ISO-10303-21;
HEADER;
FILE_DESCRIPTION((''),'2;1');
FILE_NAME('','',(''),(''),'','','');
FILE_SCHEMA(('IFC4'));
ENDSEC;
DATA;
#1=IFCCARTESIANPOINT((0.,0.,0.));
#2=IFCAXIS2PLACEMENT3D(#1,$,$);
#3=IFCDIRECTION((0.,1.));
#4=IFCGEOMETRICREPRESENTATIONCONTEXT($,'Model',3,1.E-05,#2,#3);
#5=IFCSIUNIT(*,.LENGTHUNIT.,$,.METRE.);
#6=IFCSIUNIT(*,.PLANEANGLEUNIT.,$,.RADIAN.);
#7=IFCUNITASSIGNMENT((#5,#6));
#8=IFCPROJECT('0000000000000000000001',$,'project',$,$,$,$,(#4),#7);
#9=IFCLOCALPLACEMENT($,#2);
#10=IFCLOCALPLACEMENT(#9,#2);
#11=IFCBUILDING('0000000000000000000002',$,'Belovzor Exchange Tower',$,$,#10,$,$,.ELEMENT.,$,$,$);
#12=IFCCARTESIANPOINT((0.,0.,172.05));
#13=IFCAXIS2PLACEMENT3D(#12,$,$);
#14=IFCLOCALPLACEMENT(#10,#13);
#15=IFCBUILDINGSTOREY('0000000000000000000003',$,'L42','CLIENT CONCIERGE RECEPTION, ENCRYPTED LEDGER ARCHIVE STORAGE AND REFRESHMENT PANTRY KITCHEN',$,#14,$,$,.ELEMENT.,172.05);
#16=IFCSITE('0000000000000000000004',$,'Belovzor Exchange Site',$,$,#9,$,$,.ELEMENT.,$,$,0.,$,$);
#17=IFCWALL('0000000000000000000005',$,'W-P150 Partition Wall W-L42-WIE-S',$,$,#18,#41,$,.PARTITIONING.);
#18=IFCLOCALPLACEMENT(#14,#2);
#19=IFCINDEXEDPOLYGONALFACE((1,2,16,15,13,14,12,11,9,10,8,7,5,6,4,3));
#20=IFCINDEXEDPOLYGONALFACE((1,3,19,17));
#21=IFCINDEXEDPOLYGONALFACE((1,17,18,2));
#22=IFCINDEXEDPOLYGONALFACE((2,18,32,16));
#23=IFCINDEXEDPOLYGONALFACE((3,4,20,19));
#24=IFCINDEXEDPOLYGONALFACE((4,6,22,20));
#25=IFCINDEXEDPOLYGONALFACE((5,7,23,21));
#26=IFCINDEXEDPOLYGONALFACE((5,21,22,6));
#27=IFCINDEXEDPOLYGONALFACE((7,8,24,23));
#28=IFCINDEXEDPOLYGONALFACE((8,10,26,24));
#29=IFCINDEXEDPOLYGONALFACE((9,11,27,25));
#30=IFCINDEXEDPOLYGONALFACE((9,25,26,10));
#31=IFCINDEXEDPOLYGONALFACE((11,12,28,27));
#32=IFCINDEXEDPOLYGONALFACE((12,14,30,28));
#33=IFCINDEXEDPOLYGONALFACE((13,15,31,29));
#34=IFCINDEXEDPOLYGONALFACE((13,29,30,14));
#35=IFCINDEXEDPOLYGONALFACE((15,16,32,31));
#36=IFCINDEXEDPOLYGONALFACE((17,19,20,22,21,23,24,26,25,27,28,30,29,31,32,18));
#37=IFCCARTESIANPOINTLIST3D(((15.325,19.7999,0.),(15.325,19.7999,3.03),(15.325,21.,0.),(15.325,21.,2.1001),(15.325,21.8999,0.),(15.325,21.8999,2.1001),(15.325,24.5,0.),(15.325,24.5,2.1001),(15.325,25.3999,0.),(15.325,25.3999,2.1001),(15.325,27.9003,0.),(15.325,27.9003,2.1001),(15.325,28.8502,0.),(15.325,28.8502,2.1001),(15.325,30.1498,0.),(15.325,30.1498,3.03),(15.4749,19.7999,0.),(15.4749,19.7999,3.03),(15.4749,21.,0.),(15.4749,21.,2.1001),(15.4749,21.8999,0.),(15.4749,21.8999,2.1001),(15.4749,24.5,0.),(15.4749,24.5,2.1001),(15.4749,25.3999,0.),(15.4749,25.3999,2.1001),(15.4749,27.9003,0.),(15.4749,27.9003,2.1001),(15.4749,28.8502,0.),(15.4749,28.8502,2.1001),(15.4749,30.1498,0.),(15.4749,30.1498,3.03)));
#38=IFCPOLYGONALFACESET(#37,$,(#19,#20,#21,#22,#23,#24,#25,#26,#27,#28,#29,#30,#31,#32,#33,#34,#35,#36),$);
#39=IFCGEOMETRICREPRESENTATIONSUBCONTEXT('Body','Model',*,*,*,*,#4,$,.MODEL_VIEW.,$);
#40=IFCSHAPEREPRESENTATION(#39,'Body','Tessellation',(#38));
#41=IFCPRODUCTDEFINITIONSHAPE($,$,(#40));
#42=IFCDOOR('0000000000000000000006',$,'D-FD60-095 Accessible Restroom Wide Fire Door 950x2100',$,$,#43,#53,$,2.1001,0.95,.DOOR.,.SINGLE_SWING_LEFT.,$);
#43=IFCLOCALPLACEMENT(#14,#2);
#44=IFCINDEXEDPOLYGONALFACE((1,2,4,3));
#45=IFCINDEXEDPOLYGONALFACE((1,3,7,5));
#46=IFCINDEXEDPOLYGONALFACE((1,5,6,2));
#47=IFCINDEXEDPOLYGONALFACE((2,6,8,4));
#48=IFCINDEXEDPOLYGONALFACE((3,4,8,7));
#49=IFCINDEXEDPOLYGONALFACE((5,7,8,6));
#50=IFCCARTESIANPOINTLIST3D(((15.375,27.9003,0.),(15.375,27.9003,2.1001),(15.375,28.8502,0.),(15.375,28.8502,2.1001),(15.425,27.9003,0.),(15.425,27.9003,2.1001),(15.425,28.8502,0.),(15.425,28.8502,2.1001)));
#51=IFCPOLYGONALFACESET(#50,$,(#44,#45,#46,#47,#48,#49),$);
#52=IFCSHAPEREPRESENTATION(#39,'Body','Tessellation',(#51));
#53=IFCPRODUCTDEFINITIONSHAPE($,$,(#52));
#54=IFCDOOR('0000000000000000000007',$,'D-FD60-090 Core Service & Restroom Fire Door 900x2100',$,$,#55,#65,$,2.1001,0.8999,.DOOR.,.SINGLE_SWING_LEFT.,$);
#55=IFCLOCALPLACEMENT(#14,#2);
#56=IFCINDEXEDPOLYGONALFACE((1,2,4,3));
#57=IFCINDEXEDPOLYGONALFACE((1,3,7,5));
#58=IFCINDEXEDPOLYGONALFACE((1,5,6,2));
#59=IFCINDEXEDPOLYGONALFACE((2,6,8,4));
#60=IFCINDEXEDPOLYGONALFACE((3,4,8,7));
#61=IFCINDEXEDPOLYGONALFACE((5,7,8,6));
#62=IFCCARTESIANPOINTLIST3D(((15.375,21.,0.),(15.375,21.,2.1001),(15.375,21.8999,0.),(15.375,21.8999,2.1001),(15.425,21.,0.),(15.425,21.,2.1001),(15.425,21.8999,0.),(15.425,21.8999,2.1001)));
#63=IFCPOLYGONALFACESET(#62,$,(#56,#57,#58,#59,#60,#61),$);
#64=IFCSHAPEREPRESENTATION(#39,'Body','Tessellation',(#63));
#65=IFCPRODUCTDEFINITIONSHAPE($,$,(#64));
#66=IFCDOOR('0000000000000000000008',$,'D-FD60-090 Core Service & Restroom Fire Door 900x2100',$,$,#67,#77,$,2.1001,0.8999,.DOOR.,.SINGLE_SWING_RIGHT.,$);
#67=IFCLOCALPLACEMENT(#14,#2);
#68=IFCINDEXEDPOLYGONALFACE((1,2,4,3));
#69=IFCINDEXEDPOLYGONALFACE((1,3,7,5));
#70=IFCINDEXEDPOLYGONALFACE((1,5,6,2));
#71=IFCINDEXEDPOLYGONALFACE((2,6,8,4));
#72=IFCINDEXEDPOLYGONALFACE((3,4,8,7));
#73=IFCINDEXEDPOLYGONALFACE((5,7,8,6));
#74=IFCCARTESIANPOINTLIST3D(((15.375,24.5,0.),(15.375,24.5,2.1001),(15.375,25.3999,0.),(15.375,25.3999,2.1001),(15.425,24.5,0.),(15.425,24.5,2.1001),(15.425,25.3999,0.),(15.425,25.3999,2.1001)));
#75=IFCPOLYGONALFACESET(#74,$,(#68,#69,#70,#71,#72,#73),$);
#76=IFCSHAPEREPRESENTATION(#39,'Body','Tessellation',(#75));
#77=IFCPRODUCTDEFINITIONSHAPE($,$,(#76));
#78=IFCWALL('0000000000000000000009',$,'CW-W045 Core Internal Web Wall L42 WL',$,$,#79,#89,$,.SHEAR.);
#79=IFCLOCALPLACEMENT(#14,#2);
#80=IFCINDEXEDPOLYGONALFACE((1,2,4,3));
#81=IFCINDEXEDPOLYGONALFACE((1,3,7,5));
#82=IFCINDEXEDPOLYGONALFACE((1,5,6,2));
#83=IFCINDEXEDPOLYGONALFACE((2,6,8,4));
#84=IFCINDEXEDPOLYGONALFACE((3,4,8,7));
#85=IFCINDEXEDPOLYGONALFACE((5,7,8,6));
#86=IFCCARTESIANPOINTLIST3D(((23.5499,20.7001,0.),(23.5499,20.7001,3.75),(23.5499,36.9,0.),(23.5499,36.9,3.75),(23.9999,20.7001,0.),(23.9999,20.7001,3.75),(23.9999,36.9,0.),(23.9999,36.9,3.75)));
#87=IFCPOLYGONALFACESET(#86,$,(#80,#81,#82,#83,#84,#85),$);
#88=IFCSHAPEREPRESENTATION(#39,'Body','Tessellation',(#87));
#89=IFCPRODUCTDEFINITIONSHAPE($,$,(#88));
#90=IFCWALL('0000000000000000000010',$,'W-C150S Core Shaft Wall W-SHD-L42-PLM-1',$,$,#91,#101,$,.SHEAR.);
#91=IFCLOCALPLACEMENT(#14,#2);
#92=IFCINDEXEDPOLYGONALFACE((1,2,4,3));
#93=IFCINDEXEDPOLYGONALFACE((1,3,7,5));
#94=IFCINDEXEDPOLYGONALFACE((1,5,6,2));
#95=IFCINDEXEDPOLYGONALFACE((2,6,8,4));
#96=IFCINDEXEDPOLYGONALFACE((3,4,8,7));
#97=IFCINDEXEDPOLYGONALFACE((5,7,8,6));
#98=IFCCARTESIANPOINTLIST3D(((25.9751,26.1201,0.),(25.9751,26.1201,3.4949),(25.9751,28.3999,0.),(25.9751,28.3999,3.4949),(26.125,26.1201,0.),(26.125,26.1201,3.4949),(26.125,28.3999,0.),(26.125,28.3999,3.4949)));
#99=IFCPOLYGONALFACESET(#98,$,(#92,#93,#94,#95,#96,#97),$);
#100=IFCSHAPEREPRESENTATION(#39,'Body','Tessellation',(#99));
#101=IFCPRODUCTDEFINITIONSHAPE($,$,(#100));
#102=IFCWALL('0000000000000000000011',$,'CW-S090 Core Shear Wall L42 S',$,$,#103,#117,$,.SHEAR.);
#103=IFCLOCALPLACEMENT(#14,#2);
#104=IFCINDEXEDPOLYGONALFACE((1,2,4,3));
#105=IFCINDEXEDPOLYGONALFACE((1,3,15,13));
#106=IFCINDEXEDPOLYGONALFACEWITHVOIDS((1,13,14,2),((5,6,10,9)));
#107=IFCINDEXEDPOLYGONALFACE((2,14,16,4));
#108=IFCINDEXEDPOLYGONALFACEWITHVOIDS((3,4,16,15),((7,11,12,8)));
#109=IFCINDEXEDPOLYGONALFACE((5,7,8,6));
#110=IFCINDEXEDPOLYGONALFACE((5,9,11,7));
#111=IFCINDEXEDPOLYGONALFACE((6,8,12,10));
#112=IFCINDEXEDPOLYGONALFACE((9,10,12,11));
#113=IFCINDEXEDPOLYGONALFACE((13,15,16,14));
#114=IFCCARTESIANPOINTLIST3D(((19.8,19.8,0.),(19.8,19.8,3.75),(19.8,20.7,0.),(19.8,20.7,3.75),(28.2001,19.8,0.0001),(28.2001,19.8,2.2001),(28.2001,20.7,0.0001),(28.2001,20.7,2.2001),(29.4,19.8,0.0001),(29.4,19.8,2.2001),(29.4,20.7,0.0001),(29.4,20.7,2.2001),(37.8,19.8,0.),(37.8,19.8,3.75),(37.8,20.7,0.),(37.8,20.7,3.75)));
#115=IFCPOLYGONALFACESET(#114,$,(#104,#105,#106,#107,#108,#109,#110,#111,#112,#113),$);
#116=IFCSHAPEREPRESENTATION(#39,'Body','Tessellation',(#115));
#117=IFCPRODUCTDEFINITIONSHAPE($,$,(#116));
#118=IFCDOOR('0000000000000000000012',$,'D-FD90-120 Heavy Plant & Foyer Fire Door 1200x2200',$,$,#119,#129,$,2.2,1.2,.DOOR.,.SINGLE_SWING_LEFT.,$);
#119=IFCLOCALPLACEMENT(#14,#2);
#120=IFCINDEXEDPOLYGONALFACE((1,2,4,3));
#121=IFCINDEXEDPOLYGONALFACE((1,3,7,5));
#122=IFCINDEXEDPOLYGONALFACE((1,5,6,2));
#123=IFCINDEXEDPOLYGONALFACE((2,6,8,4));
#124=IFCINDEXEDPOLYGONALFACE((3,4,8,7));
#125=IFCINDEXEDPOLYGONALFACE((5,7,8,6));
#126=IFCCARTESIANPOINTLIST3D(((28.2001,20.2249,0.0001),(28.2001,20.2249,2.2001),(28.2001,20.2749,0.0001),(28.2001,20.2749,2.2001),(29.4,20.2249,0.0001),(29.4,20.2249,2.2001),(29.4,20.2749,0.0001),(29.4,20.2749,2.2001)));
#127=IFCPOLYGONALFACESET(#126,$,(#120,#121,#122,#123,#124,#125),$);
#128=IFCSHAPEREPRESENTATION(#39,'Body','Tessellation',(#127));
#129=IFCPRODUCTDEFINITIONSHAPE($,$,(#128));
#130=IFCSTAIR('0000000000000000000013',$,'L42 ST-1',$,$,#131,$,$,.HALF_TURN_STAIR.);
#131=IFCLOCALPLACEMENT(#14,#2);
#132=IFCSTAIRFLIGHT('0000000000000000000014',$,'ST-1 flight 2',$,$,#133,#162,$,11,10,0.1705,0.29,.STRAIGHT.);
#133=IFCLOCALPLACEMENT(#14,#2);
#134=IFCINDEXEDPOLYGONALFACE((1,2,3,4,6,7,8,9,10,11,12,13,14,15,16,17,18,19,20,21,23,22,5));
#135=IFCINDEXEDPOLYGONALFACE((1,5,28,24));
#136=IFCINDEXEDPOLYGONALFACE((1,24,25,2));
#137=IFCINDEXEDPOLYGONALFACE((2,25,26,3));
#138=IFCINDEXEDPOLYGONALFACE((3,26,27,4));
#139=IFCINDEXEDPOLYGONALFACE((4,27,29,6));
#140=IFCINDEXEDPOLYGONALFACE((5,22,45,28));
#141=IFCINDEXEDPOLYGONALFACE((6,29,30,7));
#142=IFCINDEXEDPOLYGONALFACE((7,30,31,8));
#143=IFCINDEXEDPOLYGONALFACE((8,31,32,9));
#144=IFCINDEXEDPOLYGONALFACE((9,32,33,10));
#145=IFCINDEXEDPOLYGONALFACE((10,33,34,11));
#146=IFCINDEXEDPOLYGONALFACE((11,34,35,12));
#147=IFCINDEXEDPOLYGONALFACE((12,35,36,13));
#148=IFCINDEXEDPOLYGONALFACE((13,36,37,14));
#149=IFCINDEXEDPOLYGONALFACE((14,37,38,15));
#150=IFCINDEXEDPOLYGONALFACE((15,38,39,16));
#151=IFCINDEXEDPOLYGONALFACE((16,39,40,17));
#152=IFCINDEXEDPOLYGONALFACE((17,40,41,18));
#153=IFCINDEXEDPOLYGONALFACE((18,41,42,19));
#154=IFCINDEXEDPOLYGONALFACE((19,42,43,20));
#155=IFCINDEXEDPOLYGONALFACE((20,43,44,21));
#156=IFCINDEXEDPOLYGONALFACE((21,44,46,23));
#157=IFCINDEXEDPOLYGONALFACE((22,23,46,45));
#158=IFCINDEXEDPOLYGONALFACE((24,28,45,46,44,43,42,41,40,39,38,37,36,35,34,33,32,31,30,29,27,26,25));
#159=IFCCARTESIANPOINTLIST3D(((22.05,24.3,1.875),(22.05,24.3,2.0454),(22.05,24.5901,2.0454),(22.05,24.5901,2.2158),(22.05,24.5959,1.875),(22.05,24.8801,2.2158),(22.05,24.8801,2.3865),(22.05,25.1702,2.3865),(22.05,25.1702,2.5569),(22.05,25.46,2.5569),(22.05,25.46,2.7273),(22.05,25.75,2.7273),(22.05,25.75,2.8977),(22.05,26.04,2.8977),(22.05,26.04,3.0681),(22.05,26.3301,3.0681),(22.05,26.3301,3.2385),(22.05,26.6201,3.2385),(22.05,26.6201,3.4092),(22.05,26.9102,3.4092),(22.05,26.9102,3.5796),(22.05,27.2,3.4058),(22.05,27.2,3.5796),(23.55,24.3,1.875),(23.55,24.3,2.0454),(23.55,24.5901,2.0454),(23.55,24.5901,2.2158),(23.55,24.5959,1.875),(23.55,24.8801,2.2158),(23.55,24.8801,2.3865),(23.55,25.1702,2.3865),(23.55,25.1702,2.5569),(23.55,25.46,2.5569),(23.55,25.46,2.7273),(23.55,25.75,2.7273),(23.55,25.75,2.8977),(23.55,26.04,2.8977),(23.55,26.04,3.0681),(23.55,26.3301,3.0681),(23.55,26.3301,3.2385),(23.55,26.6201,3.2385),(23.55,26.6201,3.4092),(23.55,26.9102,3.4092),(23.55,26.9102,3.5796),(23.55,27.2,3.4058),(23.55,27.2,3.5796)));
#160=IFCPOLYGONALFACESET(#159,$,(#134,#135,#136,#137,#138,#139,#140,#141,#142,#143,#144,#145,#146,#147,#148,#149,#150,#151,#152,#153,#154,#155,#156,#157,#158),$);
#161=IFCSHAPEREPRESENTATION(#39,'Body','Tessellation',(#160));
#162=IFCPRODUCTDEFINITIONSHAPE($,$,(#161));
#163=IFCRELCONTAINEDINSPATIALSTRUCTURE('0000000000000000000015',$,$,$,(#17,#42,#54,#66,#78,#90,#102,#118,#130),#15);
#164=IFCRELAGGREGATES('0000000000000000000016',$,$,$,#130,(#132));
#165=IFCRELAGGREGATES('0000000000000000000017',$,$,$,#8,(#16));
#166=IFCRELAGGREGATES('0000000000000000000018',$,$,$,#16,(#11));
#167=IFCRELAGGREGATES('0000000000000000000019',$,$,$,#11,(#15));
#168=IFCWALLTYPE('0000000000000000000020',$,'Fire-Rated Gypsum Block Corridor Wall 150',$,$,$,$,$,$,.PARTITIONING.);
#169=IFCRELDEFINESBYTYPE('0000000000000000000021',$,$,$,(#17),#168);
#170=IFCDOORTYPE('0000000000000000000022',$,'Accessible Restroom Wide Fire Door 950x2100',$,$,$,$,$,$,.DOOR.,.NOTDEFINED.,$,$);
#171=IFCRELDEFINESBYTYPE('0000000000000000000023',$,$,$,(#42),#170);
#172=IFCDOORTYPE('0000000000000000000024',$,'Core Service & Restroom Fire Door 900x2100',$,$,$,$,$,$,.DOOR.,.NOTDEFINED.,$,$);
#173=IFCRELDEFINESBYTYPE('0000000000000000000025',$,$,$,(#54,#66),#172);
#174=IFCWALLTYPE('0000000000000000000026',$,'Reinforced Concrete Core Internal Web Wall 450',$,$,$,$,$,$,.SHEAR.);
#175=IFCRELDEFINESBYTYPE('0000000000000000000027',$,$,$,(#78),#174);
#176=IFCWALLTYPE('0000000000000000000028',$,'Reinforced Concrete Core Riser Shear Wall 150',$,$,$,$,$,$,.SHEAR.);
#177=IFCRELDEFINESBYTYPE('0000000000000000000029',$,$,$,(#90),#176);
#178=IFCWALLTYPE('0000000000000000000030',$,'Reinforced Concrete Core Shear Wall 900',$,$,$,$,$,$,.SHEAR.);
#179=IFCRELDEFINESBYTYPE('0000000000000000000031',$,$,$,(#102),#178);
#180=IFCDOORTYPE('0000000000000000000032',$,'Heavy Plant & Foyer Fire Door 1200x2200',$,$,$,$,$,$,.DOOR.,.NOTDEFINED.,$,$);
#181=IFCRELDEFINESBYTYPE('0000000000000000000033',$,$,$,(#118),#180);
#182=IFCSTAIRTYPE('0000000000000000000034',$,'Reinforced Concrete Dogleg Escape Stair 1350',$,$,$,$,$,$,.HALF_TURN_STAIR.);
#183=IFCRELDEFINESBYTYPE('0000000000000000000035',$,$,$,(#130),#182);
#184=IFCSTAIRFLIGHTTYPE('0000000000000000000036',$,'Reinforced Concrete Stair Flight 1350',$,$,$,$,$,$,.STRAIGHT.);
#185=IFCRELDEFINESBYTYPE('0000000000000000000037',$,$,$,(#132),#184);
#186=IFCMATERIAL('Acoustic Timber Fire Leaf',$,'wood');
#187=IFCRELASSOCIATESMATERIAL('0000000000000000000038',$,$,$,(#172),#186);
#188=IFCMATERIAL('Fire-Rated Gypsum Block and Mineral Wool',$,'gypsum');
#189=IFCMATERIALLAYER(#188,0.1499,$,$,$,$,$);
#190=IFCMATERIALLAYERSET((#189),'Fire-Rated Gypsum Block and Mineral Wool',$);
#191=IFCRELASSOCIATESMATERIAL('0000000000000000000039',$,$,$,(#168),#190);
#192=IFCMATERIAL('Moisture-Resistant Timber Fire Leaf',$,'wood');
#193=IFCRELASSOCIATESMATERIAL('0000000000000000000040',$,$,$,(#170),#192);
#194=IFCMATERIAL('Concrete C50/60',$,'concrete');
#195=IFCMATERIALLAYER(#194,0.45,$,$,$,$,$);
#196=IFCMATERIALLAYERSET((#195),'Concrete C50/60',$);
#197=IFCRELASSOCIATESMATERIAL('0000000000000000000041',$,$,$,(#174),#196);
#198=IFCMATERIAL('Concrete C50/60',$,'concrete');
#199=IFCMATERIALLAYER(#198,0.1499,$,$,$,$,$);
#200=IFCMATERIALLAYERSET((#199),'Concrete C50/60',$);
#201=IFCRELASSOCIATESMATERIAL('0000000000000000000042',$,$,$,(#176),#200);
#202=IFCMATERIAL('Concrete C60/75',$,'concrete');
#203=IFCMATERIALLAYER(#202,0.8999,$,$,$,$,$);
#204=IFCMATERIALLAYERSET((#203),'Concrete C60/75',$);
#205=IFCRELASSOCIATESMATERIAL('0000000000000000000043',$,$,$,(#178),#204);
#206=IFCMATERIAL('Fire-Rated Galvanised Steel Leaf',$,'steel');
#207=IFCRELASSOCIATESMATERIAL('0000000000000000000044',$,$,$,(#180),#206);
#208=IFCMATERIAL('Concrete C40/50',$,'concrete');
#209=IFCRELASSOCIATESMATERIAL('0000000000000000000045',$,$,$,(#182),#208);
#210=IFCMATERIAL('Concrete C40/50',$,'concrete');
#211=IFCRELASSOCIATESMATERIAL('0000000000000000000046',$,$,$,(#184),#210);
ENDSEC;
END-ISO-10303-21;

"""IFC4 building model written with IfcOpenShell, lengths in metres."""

from ifc_helpers import new_model, si_unit, direction, frame, frame_2d, origin, place, context, subcontext, project, spatial, polyline, rectangle, outline, extrude, material, layer, layer_set, type_object, element, fill, aggregate, save


model = new_model("IFC4")

# Units and contexts
model_context = context("Model", 3, precision=1e-05, world=origin(), true_north=direction((0.0, 1.0)))
body_context = subcontext(model_context, "Body", "Model", "MODEL_VIEW")
ifc_project = project(units=[si_unit("LENGTHUNIT", "METRE"), si_unit("PLANEANGLEUNIT", "RADIAN")], contexts=[model_context])

# Site, building, storey
site_placement = place(None, origin())
site = spatial("IfcSite", under=ifc_project, at=site_placement, Name="Belovzor Exchange Site", CompositionType="ELEMENT", RefElevation=0.0)
building_placement = place(site_placement, origin())
building = spatial("IfcBuilding", under=site, at=building_placement, Name="Belovzor Exchange Tower", CompositionType="ELEMENT")
storey_placement = place(building_placement, frame((0.0, 0.0, 172.05)))
storey = spatial("IfcBuildingStorey", under=building, at=storey_placement, Name="L42", Description="CLIENT CONCIERGE RECEPTION, ENCRYPTED LEDGER ARCHIVE STORAGE AND REFRESHMENT PANTRY KITCHEN", CompositionType="ELEMENT", Elevation=172.05)

# Shared definitions
ifc_material_1 = material(Name="Acoustic Timber Fire Leaf", Category="wood")
door_type_1 = type_object("IfcDoorType", Name="Core Service & Restroom Fire Door 900x2100", OperationType="NOTDEFINED", PredefinedType="DOOR", material=ifc_material_1)

# Shared definitions
ifc_material_2 = material(Name="Fire-Rated Gypsum Block and Mineral Wool", Category="gypsum")
ifc_layer_1 = layer(ifc_material_2, 0.1499)
ifc_layer_set_1 = layer_set([ifc_layer_1], Name="Fire-Rated Gypsum Block and Mineral Wool")
wall_type_1 = type_object("IfcWallType", Name="Fire-Rated Gypsum Block Corridor Wall 150", PredefinedType="PARTITIONING", material=ifc_layer_set_1)

# Wall, openings, doors
wall_1_placement = place(storey_placement, frame((15.3999, 19.8, 0.0), z_axis=(0.0, 0.0, 1.0), x_axis=(0.0, 1.0, 0.0)))
wall_1 = element("IfcWall", 1, at=wall_1_placement, inside=storey, type_object=wall_type_1, Name="W-P150 Partition Wall W-L42-WIE-S", PredefinedType="PARTITIONING", context=body_context, shape_type="SweptSolid", body=[
    extrude(rectangle(XDim=10.3499, YDim=0.1499, at=frame_2d((5.1748, 0.0))), origin(), (0.0, 0.0, 1.0), 3.03),
])
opening_1_placement = place(wall_1_placement, frame((1.2, 0.0, 0.0)))
opening_1 = element("IfcOpeningElement", 2, at=opening_1_placement, cuts=wall_1, PredefinedType="OPENING", context=body_context, shape_type="SweptSolid", body=[
    extrude(rectangle(XDim=0.8999, YDim=2.1001, at=frame_2d((0.45, 1.05))), frame((0.0, 0.085, 0.0), z_axis=(0.0, -1.0, 0.0), x_axis=(1.0, 0.0, 0.0)), (0.0, 0.0, 1.0), 0.1699),
])
opening_2_placement = place(wall_1_placement, frame((4.7, 0.0, 0.0)))
opening_2 = element("IfcOpeningElement", 3, at=opening_2_placement, cuts=wall_1, PredefinedType="OPENING", context=body_context, shape_type="SweptSolid", body=[
    extrude(rectangle(XDim=0.8999, YDim=2.1001, at=frame_2d((0.45, 1.05))), frame((0.0, 0.085, 0.0), z_axis=(0.0, -1.0, 0.0), x_axis=(1.0, 0.0, 0.0)), (0.0, 0.0, 1.0), 0.1699),
])
opening_3_placement = place(wall_1_placement, frame((8.1001, 0.0, 0.0)))
opening_3 = element("IfcOpeningElement", 4, at=opening_3_placement, cuts=wall_1, PredefinedType="OPENING", context=body_context, shape_type="SweptSolid", body=[
    extrude(rectangle(XDim=0.95, YDim=2.1001, at=frame_2d((0.4751, 1.05))), frame((0.0, 0.085, 0.0), z_axis=(0.0, -1.0, 0.0), x_axis=(1.0, 0.0, 0.0)), (0.0, 0.0, 1.0), 0.1699),
])
ifc_material_3 = material(Name="Moisture-Resistant Timber Fire Leaf", Category="wood")
door_type_2 = type_object("IfcDoorType", Name="Accessible Restroom Wide Fire Door 950x2100", OperationType="NOTDEFINED", PredefinedType="DOOR", material=ifc_material_3)
door_1_placement = place(opening_3_placement, origin())
door_1 = element("IfcDoor", 5, at=door_1_placement, inside=storey, type_object=door_type_2, Name="D-FD60-095 Accessible Restroom Wide Fire Door 950x2100", OperationType="SINGLE_SWING_LEFT", OverallHeight=2.1001, OverallWidth=0.95, PredefinedType="DOOR", context=body_context, shape_type="SweptSolid", body=[
    extrude(rectangle(XDim=0.95, YDim=2.1001, at=frame_2d((0.4751, 1.05))), frame((0.0, 0.0249, 0.0), z_axis=(0.0, -1.0, 0.0), x_axis=(1.0, 0.0, 0.0)), (0.0, 0.0, 1.0), 0.05),
])
fill(opening_3, door_1)
door_2_placement = place(opening_1_placement, origin())
door_2 = element("IfcDoor", 6, at=door_2_placement, inside=storey, type_object=door_type_1, Name="D-FD60-090 Core Service & Restroom Fire Door 900x2100", OperationType="SINGLE_SWING_LEFT", OverallHeight=2.1001, OverallWidth=0.8999, PredefinedType="DOOR", context=body_context, shape_type="SweptSolid", body=[
    extrude(rectangle(XDim=0.8999, YDim=2.1001, at=frame_2d((0.45, 1.05))), frame((0.0, 0.0249, 0.0), z_axis=(0.0, -1.0, 0.0), x_axis=(1.0, 0.0, 0.0)), (0.0, 0.0, 1.0), 0.05),
])
fill(opening_1, door_2)
door_3_placement = place(opening_2_placement, origin())
door_3 = element("IfcDoor", 7, at=door_3_placement, inside=storey, type_object=door_type_1, Name="D-FD60-090 Core Service & Restroom Fire Door 900x2100", OperationType="SINGLE_SWING_RIGHT", OverallHeight=2.1001, OverallWidth=0.8999, PredefinedType="DOOR", context=body_context, shape_type="SweptSolid", body=[
    extrude(rectangle(XDim=0.8999, YDim=2.1001, at=frame_2d((0.45, 1.05))), frame((0.0, 0.0249, 0.0), z_axis=(0.0, -1.0, 0.0), x_axis=(1.0, 0.0, 0.0)), (0.0, 0.0, 1.0), 0.05),
])
fill(opening_2, door_3)

# Walls
ifc_material_4 = material(Name="Concrete C50/60", Category="concrete")
ifc_layer_2 = layer(ifc_material_4, 0.45)
ifc_layer_set_2 = layer_set([ifc_layer_2], Name="Concrete C50/60")
wall_type_2 = type_object("IfcWallType", Name="Reinforced Concrete Core Internal Web Wall 450", PredefinedType="SHEAR", material=ifc_layer_set_2)
wall_2_placement = place(storey_placement, frame((23.7749, 20.7, 0.0), z_axis=(0.0, 0.0, 1.0), x_axis=(0.0, 1.0, 0.0)))
element("IfcWall", 8, at=wall_2_placement, inside=storey, type_object=wall_type_2, Name="CW-W045 Core Internal Web Wall L42 WL", PredefinedType="SHEAR", context=body_context, shape_type="SweptSolid", body=[
    extrude(rectangle(XDim=16.2, YDim=0.45, at=frame_2d((8.1001, 0.0))), origin(), (0.0, 0.0, 1.0), 3.75),
])
ifc_material_5 = material(Name="Concrete C50/60", Category="concrete")
ifc_layer_3 = layer(ifc_material_5, 0.1499)
ifc_layer_set_3 = layer_set([ifc_layer_3], Name="Concrete C50/60")
wall_type_3 = type_object("IfcWallType", Name="Reinforced Concrete Core Riser Shear Wall 150", PredefinedType="SHEAR", material=ifc_layer_set_3)
wall_3_placement = place(storey_placement, frame((26.05, 26.1201, 0.0), z_axis=(0.0, 0.0, 1.0), x_axis=(0.0, 1.0, 0.0)))
element("IfcWall", 9, at=wall_3_placement, inside=storey, type_object=wall_type_3, Name="W-C150S Core Shaft Wall W-SHD-L42-PLM-1", PredefinedType="SHEAR", context=body_context, shape_type="SweptSolid", body=[
    extrude(rectangle(XDim=2.2798, YDim=0.1499, at=frame_2d((1.1399, 0.0))), origin(), (0.0, 0.0, 1.0), 3.4949),
])

# Wall, opening, door
ifc_material_6 = material(Name="Concrete C60/75", Category="concrete")
ifc_layer_4 = layer(ifc_material_6, 0.8999)
ifc_layer_set_4 = layer_set([ifc_layer_4], Name="Concrete C60/75")
wall_type_4 = type_object("IfcWallType", Name="Reinforced Concrete Core Shear Wall 900", PredefinedType="SHEAR", material=ifc_layer_set_4)
wall_4_placement = place(storey_placement, frame((19.8, 20.25, 0.0), z_axis=(0.0, 0.0, 1.0), x_axis=(1.0, 0.0, 0.0)))
wall_4 = element("IfcWall", 10, at=wall_4_placement, inside=storey, type_object=wall_type_4, Name="CW-S090 Core Shear Wall L42 S", PredefinedType="SHEAR", context=body_context, shape_type="SweptSolid", body=[
    extrude(rectangle(XDim=18.0, YDim=0.8999, at=frame_2d((9.0, 0.0))), origin(), (0.0, 0.0, 1.0), 3.75),
])
opening_4_placement = place(wall_4_placement, frame((8.3999, 0.0, 0.0)))
opening_4 = element("IfcOpeningElement", 11, at=opening_4_placement, cuts=wall_4, PredefinedType="OPENING", context=body_context, shape_type="SweptSolid", body=[
    extrude(rectangle(XDim=1.2, YDim=2.2, at=frame_2d((0.6001, 1.1001))), frame((0.0, 0.46, 0.0), z_axis=(0.0, -1.0, 0.0), x_axis=(1.0, 0.0, 0.0)), (0.0, 0.0, 1.0), 0.9199),
])
ifc_material_7 = material(Name="Fire-Rated Galvanised Steel Leaf", Category="steel")
door_type_3 = type_object("IfcDoorType", Name="Heavy Plant & Foyer Fire Door 1200x2200", OperationType="NOTDEFINED", PredefinedType="DOOR", material=ifc_material_7)
door_4_placement = place(opening_4_placement, origin())
door_4 = element("IfcDoor", 12, at=door_4_placement, inside=storey, type_object=door_type_3, Name="D-FD90-120 Heavy Plant & Foyer Fire Door 1200x2200", OperationType="SINGLE_SWING_LEFT", OverallHeight=2.2, OverallWidth=1.2, PredefinedType="DOOR", context=body_context, shape_type="SweptSolid", body=[
    extrude(rectangle(XDim=1.2, YDim=2.2, at=frame_2d((0.6001, 1.1001))), frame((0.0, 0.0249, 0.0), z_axis=(0.0, -1.0, 0.0), x_axis=(1.0, 0.0, 0.0)), (0.0, 0.0, 1.0), 0.05),
])
fill(opening_4, door_4)

# Stair, stair flight
ifc_material_8 = material(Name="Concrete C40/50", Category="concrete")
stair_type = type_object("IfcStairType", Name="Reinforced Concrete Dogleg Escape Stair 1350", PredefinedType="HALF_TURN_STAIR", material=ifc_material_8)
stair_placement = place(storey_placement, origin())
stair = element("IfcStair", 13, at=stair_placement, inside=storey, type_object=stair_type, Name="L42 ST-1", PredefinedType="HALF_TURN_STAIR")
ifc_material_9 = material(Name="Concrete C40/50", Category="concrete")
stair_flight_type = type_object("IfcStairFlightType", Name="Reinforced Concrete Stair Flight 1350", PredefinedType="STRAIGHT", material=ifc_material_9)
stair_flight_placement = place(storey_placement, frame((22.8, 24.3, 1.875), z_axis=(0.0, 0.0, 1.0), x_axis=(0.0, 1.0, 0.0)))
stair_flight = element("IfcStairFlight", 14, at=stair_flight_placement, type_object=stair_flight_type, Name="ST-1 flight 2", NumberOfRisers=11, NumberOfTreads=10, PredefinedType="STRAIGHT", RiserHeight=0.1705, TreadLength=0.29, context=body_context, shape_type="SweptSolid", body=[
    extrude(outline(polyline([(0.0, 0.0), (0.0, 0.1704), (0.29, 0.1704), (0.29, 0.3408), (0.5801, 0.3408), (0.5801, 0.5115), (0.8701, 0.5115), (0.8701, 0.6819), (1.1599, 0.6819), (1.1599, 0.8523), (1.45, 0.8523), (1.45, 1.0227), (1.74, 1.0227), (1.74, 1.1931), (2.03, 1.1931), (2.03, 1.3635), (2.3201, 1.3635), (2.3201, 1.5342), (2.6101, 1.5342), (2.6101, 1.7046), (2.8999, 1.7046), (2.8999, 1.875), (2.8999, 1.5308), (0.2959, 0.0), (0.0, 0.0)])), frame((0.0, 0.75, 0.0), z_axis=(0.0, -1.0, 0.0), x_axis=(1.0, 0.0, 0.0)), (0.0, 0.0, 1.0), 1.5),
])
aggregate(stair, [stair_flight])

save(model, "model.ifc")
